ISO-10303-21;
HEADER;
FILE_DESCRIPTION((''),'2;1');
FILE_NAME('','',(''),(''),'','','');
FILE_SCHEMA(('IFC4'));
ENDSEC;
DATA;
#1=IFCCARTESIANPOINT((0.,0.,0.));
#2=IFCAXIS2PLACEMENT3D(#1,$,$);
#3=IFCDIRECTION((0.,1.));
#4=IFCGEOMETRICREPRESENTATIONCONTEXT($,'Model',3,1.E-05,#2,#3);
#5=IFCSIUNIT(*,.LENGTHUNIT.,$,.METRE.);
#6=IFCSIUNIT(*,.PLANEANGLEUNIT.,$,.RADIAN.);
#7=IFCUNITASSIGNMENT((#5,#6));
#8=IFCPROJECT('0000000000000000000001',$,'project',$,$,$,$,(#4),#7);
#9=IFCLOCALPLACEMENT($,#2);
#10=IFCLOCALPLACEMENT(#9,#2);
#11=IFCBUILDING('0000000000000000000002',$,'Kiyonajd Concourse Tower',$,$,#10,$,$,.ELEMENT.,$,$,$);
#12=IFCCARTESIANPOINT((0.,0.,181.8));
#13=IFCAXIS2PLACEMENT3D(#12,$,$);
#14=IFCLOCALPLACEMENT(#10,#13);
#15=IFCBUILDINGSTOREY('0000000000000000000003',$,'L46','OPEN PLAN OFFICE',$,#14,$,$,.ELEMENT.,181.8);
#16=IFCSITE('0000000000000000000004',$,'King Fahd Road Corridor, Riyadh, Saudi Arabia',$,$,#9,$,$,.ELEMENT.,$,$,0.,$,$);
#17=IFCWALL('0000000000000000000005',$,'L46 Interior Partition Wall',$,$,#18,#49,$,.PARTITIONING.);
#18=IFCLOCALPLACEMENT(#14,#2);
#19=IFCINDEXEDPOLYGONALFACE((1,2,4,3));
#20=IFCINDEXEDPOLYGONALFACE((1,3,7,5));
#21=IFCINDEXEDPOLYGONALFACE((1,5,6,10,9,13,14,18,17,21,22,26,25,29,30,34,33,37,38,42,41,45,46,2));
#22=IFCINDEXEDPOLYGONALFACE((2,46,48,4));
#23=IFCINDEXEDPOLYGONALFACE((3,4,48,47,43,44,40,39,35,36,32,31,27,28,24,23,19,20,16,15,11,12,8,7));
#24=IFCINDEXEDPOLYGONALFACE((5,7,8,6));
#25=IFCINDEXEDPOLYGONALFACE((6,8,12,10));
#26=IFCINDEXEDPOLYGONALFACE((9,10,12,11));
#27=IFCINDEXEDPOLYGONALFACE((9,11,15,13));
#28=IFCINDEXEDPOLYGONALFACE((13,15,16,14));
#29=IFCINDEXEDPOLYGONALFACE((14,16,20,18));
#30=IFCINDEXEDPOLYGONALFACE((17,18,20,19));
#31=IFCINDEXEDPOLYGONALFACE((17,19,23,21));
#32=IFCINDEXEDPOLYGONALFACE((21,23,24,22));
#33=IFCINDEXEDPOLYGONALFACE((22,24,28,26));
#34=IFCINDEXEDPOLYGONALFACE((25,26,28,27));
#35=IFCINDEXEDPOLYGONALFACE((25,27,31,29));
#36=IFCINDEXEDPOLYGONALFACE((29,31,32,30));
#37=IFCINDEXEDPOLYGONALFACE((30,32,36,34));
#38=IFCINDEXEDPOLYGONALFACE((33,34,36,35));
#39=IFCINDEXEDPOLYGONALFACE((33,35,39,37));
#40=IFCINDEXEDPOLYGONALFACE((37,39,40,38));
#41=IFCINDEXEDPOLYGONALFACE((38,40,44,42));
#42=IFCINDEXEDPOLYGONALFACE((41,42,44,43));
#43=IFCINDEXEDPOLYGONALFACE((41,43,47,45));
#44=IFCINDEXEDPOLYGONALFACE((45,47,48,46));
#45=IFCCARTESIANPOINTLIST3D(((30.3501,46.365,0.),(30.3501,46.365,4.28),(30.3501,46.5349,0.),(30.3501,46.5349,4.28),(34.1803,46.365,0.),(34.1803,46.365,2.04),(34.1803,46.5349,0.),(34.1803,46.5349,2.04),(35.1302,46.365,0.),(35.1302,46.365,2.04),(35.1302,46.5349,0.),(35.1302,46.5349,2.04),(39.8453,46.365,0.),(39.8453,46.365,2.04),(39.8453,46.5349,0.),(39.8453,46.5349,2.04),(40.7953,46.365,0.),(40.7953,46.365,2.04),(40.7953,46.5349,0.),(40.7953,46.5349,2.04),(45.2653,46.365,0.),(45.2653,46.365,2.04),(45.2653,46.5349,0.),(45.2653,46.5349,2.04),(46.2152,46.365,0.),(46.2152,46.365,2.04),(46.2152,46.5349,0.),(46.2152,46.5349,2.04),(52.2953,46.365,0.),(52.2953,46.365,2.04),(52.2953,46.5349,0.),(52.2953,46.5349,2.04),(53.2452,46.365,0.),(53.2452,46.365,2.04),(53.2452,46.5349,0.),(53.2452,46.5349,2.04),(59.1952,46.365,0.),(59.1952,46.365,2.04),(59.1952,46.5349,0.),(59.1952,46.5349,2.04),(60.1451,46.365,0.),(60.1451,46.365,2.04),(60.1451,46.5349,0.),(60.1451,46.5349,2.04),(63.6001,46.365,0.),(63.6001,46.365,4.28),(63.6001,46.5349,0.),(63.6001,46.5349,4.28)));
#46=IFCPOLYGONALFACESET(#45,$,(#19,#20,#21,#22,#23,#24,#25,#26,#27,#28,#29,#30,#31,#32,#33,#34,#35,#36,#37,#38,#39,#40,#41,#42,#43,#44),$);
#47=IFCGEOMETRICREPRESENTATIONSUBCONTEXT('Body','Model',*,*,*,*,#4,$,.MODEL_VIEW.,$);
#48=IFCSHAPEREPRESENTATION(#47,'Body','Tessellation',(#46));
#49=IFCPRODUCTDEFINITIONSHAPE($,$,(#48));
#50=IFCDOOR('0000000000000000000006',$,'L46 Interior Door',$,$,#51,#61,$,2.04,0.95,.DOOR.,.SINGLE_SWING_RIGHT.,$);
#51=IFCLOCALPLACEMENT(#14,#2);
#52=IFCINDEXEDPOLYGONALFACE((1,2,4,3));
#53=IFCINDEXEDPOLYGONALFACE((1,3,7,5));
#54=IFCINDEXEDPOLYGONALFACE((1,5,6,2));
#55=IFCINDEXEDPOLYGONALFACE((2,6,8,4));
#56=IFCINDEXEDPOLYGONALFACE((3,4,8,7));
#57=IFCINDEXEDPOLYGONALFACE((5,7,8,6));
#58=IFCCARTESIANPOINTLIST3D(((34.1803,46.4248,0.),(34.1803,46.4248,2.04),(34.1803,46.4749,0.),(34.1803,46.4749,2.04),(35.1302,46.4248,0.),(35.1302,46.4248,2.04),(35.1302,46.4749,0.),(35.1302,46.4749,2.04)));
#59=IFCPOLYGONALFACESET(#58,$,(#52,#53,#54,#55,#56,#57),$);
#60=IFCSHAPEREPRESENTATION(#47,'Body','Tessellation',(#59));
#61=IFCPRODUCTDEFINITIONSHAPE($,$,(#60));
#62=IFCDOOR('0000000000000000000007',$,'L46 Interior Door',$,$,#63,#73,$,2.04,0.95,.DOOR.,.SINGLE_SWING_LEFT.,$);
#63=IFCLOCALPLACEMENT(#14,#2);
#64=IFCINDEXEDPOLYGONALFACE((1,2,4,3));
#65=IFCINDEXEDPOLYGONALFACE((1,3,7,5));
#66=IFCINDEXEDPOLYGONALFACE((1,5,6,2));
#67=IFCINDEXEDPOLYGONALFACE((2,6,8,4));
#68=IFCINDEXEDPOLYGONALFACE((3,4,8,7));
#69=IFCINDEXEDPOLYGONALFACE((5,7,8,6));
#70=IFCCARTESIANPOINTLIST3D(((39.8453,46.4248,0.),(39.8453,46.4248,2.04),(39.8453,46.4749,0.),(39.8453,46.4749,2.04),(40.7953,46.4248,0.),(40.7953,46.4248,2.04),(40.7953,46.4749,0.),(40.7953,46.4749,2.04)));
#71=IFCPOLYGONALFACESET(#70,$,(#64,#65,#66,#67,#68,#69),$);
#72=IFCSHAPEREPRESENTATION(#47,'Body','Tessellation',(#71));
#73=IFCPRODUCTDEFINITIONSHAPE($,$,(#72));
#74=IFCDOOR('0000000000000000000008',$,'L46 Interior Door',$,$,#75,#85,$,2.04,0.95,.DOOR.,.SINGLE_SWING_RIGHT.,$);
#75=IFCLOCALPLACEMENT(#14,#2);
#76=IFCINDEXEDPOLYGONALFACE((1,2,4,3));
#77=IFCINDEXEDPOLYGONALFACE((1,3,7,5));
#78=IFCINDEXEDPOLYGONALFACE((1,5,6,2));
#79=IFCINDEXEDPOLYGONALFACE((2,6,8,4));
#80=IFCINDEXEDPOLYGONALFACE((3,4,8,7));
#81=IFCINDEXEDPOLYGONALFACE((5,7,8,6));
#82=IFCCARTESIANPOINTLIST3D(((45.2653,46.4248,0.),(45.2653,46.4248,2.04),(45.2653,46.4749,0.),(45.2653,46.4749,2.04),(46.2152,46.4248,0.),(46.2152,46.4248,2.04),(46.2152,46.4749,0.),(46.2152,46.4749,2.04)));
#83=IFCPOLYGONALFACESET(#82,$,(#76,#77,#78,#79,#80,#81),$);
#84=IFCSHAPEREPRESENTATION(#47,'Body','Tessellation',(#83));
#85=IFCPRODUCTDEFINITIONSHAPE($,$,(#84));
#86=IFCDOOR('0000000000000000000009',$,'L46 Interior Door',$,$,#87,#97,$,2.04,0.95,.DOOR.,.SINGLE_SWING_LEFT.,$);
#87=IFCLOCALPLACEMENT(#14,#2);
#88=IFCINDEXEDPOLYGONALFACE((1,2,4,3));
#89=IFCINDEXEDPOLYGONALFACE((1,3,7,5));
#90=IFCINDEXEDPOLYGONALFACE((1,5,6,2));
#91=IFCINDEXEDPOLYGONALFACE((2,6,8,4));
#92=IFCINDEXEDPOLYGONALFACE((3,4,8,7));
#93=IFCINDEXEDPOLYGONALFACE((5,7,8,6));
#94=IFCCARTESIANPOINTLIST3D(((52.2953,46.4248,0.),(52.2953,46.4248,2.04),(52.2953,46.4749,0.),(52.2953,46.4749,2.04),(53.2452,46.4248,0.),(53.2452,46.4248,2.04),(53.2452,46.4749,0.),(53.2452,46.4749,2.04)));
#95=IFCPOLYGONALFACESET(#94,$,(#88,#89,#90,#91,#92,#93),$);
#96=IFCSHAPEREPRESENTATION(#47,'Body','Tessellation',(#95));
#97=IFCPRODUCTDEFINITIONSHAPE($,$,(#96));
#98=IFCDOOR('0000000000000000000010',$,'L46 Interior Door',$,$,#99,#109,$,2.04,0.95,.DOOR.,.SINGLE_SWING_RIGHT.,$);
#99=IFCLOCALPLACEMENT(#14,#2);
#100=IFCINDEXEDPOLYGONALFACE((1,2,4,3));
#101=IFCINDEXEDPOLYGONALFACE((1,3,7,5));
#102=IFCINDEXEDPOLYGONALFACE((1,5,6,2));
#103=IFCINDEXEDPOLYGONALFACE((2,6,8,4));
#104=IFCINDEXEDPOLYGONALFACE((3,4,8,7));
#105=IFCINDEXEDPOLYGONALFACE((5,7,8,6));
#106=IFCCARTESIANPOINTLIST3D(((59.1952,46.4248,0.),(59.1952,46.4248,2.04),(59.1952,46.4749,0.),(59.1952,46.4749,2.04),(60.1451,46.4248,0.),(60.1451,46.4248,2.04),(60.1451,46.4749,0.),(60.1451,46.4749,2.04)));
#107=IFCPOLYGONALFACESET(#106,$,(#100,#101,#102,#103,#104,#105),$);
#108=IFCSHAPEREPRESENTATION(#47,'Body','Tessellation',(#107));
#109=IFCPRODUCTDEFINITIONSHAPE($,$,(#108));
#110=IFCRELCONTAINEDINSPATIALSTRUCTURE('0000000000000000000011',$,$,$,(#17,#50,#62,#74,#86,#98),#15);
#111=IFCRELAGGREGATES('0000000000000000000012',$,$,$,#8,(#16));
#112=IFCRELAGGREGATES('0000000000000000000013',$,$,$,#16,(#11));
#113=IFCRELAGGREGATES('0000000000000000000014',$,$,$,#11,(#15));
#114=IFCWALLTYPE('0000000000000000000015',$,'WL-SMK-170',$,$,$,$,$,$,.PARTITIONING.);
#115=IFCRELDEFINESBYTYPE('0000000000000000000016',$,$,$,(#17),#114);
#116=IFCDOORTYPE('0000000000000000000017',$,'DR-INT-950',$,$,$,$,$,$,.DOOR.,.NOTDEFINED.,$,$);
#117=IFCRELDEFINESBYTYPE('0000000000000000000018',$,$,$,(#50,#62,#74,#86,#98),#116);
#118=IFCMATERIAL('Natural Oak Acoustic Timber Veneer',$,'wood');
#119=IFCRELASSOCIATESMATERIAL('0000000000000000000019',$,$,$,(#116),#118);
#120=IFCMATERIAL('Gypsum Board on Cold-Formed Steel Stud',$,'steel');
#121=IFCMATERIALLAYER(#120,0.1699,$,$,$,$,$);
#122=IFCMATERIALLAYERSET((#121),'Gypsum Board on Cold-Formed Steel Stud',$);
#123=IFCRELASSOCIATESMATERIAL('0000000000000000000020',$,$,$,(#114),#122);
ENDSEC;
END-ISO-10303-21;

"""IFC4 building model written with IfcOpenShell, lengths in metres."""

from ifc_helpers import new_model, si_unit, direction, frame, frame_2d, origin, place, context, subcontext, project, spatial, rectangle, extrude, material, layer, layer_set, type_object, element, fill, save


model = new_model("IFC4")

# Units and contexts
model_context = context("Model", 3, precision=1e-05, world=origin(), true_north=direction((0.0, 1.0)))
body_context = subcontext(model_context, "Body", "Model", "MODEL_VIEW")
ifc_project = project(units=[si_unit("LENGTHUNIT", "METRE"), si_unit("PLANEANGLEUNIT", "RADIAN")], contexts=[model_context])

# Site, building, storey
site_placement = place(None, origin())
site = spatial("IfcSite", under=ifc_project, at=site_placement, Name="King Fahd Road Corridor, Riyadh, Saudi Arabia", CompositionType="ELEMENT", RefElevation=0.0)
building_placement = place(site_placement, origin())
building = spatial("IfcBuilding", under=site, at=building_placement, Name="Kiyonajd Concourse Tower", CompositionType="ELEMENT")
storey_placement = place(building_placement, frame((0.0, 0.0, 181.8)))
storey = spatial("IfcBuildingStorey", under=building, at=storey_placement, Name="L46", Description="OPEN PLAN OFFICE", CompositionType="ELEMENT", Elevation=181.8)

# Shared definitions
ifc_material_1 = material(Name="Natural Oak Acoustic Timber Veneer", Category="wood")
door_type_1 = type_object("IfcDoorType", Name="DR-INT-950", OperationType="NOTDEFINED", PredefinedType="DOOR", material=ifc_material_1)

# Shared definitions
ifc_material_2 = material(Name="Gypsum Board on Cold-Formed Steel Stud", Category="steel")

# Wall, openings, doors
ifc_layer_1 = layer(ifc_material_2, 0.1699)
ifc_layer_set_1 = layer_set([ifc_layer_1], Name="Gypsum Board on Cold-Formed Steel Stud")
wall_type_1 = type_object("IfcWallType", Name="WL-SMK-170", PredefinedType="PARTITIONING", material=ifc_layer_set_1)
wall_1_placement = place(storey_placement, frame((30.3501, 46.45, 0.0), z_axis=(0.0, 0.0, 1.0), x_axis=(1.0, 0.0, 0.0)))
wall_1 = element("IfcWall", 1, at=wall_1_placement, inside=storey, type_object=wall_type_1, Name="L46 Interior Partition Wall", PredefinedType="PARTITIONING", context=body_context, shape_type="SweptSolid", body=[
    extrude(rectangle(XDim=33.25, YDim=0.1699, at=frame_2d((16.625, 0.0))), origin(), (0.0, 0.0, 1.0), 4.28),
])
opening_1_placement = place(wall_1_placement, frame((3.8301, 0.0, 0.0)))
opening_1 = element("IfcOpeningElement", 2, at=opening_1_placement, cuts=wall_1, PredefinedType="OPENING", context=body_context, shape_type="SweptSolid", body=[
    extrude(rectangle(XDim=0.95, YDim=2.04, at=frame_2d((0.4751, 1.02))), frame((0.0, 0.095, 0.0), z_axis=(0.0, -1.0, 0.0), x_axis=(1.0, 0.0, 0.0)), (0.0, 0.0, 1.0), 0.1899),
])
opening_2_placement = place(wall_1_placement, frame((9.4951, 0.0, 0.0)))
opening_2 = element("IfcOpeningElement", 3, at=opening_2_placement, cuts=wall_1, PredefinedType="OPENING", context=body_context, shape_type="SweptSolid", body=[
    extrude(rectangle(XDim=0.95, YDim=2.04, at=frame_2d((0.4751, 1.02))), frame((0.0, 0.095, 0.0), z_axis=(0.0, -1.0, 0.0), x_axis=(1.0, 0.0, 0.0)), (0.0, 0.0, 1.0), 0.1899),
])
opening_3_placement = place(wall_1_placement, frame((14.915, 0.0, 0.0)))
opening_3 = element("IfcOpeningElement", 4, at=opening_3_placement, cuts=wall_1, PredefinedType="OPENING", context=body_context, shape_type="SweptSolid", body=[
    extrude(rectangle(XDim=0.95, YDim=2.04, at=frame_2d((0.4751, 1.02))), frame((0.0, 0.095, 0.0), z_axis=(0.0, -1.0, 0.0), x_axis=(1.0, 0.0, 0.0)), (0.0, 0.0, 1.0), 0.1899),
])
opening_4_placement = place(wall_1_placement, frame((21.9451, 0.0, 0.0)))
opening_4 = element("IfcOpeningElement", 5, at=opening_4_placement, cuts=wall_1, PredefinedType="OPENING", context=body_context, shape_type="SweptSolid", body=[
    extrude(rectangle(XDim=0.95, YDim=2.04, at=frame_2d((0.4751, 1.02))), frame((0.0, 0.095, 0.0), z_axis=(0.0, -1.0, 0.0), x_axis=(1.0, 0.0, 0.0)), (0.0, 0.0, 1.0), 0.1899),
])
opening_5_placement = place(wall_1_placement, frame((28.845, 0.0, 0.0)))
opening_5 = element("IfcOpeningElement", 6, at=opening_5_placement, cuts=wall_1, PredefinedType="OPENING", context=body_context, shape_type="SweptSolid", body=[
    extrude(rectangle(XDim=0.95, YDim=2.04, at=frame_2d((0.4751, 1.02))), frame((0.0, 0.095, 0.0), z_axis=(0.0, -1.0, 0.0), x_axis=(1.0, 0.0, 0.0)), (0.0, 0.0, 1.0), 0.1899),
])
door_1_placement = place(opening_1_placement, origin())
door_1 = element("IfcDoor", 7, at=door_1_placement, inside=storey, type_object=door_type_1, Name="L46 Interior Door", OperationType="SINGLE_SWING_RIGHT", OverallHeight=2.04, OverallWidth=0.95, PredefinedType="DOOR", context=body_context, shape_type="SweptSolid", body=[
    extrude(rectangle(XDim=0.95, YDim=2.04, at=frame_2d((0.4751, 1.02))), frame((0.0, 0.0249, 0.0), z_axis=(0.0, -1.0, 0.0), x_axis=(1.0, 0.0, 0.0)), (0.0, 0.0, 1.0), 0.05),
])
fill(opening_1, door_1)
door_2_placement = place(opening_2_placement, origin())
door_2 = element("IfcDoor", 8, at=door_2_placement, inside=storey, type_object=door_type_1, Name="L46 Interior Door", OperationType="SINGLE_SWING_LEFT", OverallHeight=2.04, OverallWidth=0.95, PredefinedType="DOOR", context=body_context, shape_type="SweptSolid", body=[
    extrude(rectangle(XDim=0.95, YDim=2.04, at=frame_2d((0.4751, 1.02))), frame((0.0, 0.0249, 0.0), z_axis=(0.0, -1.0, 0.0), x_axis=(1.0, 0.0, 0.0)), (0.0, 0.0, 1.0), 0.05),
])
fill(opening_2, door_2)
door_3_placement = place(opening_3_placement, origin())
door_3 = element("IfcDoor", 9, at=door_3_placement, inside=storey, type_object=door_type_1, Name="L46 Interior Door", OperationType="SINGLE_SWING_RIGHT", OverallHeight=2.04, OverallWidth=0.95, PredefinedType="DOOR", context=body_context, shape_type="SweptSolid", body=[
    extrude(rectangle(XDim=0.95, YDim=2.04, at=frame_2d((0.4751, 1.02))), frame((0.0, 0.0249, 0.0), z_axis=(0.0, -1.0, 0.0), x_axis=(1.0, 0.0, 0.0)), (0.0, 0.0, 1.0), 0.05),
])
fill(opening_3, door_3)
door_4_placement = place(opening_4_placement, origin())
door_4 = element("IfcDoor", 10, at=door_4_placement, inside=storey, type_object=door_type_1, Name="L46 Interior Door", OperationType="SINGLE_SWING_LEFT", OverallHeight=2.04, OverallWidth=0.95, PredefinedType="DOOR", context=body_context, shape_type="SweptSolid", body=[
    extrude(rectangle(XDim=0.95, YDim=2.04, at=frame_2d((0.4751, 1.02))), frame((0.0, 0.0249, 0.0), z_axis=(0.0, -1.0, 0.0), x_axis=(1.0, 0.0, 0.0)), (0.0, 0.0, 1.0), 0.05),
])
fill(opening_4, door_4)
door_5_placement = place(opening_5_placement, origin())
door_5 = element("IfcDoor", 11, at=door_5_placement, inside=storey, type_object=door_type_1, Name="L46 Interior Door", OperationType="SINGLE_SWING_RIGHT", OverallHeight=2.04, OverallWidth=0.95, PredefinedType="DOOR", context=body_context, shape_type="SweptSolid", body=[
    extrude(rectangle(XDim=0.95, YDim=2.04, at=frame_2d((0.4751, 1.02))), frame((0.0, 0.0249, 0.0), z_axis=(0.0, -1.0, 0.0), x_axis=(1.0, 0.0, 0.0)), (0.0, 0.0, 1.0), 0.05),
])
fill(opening_5, door_5)

save(model, "model.ifc")
